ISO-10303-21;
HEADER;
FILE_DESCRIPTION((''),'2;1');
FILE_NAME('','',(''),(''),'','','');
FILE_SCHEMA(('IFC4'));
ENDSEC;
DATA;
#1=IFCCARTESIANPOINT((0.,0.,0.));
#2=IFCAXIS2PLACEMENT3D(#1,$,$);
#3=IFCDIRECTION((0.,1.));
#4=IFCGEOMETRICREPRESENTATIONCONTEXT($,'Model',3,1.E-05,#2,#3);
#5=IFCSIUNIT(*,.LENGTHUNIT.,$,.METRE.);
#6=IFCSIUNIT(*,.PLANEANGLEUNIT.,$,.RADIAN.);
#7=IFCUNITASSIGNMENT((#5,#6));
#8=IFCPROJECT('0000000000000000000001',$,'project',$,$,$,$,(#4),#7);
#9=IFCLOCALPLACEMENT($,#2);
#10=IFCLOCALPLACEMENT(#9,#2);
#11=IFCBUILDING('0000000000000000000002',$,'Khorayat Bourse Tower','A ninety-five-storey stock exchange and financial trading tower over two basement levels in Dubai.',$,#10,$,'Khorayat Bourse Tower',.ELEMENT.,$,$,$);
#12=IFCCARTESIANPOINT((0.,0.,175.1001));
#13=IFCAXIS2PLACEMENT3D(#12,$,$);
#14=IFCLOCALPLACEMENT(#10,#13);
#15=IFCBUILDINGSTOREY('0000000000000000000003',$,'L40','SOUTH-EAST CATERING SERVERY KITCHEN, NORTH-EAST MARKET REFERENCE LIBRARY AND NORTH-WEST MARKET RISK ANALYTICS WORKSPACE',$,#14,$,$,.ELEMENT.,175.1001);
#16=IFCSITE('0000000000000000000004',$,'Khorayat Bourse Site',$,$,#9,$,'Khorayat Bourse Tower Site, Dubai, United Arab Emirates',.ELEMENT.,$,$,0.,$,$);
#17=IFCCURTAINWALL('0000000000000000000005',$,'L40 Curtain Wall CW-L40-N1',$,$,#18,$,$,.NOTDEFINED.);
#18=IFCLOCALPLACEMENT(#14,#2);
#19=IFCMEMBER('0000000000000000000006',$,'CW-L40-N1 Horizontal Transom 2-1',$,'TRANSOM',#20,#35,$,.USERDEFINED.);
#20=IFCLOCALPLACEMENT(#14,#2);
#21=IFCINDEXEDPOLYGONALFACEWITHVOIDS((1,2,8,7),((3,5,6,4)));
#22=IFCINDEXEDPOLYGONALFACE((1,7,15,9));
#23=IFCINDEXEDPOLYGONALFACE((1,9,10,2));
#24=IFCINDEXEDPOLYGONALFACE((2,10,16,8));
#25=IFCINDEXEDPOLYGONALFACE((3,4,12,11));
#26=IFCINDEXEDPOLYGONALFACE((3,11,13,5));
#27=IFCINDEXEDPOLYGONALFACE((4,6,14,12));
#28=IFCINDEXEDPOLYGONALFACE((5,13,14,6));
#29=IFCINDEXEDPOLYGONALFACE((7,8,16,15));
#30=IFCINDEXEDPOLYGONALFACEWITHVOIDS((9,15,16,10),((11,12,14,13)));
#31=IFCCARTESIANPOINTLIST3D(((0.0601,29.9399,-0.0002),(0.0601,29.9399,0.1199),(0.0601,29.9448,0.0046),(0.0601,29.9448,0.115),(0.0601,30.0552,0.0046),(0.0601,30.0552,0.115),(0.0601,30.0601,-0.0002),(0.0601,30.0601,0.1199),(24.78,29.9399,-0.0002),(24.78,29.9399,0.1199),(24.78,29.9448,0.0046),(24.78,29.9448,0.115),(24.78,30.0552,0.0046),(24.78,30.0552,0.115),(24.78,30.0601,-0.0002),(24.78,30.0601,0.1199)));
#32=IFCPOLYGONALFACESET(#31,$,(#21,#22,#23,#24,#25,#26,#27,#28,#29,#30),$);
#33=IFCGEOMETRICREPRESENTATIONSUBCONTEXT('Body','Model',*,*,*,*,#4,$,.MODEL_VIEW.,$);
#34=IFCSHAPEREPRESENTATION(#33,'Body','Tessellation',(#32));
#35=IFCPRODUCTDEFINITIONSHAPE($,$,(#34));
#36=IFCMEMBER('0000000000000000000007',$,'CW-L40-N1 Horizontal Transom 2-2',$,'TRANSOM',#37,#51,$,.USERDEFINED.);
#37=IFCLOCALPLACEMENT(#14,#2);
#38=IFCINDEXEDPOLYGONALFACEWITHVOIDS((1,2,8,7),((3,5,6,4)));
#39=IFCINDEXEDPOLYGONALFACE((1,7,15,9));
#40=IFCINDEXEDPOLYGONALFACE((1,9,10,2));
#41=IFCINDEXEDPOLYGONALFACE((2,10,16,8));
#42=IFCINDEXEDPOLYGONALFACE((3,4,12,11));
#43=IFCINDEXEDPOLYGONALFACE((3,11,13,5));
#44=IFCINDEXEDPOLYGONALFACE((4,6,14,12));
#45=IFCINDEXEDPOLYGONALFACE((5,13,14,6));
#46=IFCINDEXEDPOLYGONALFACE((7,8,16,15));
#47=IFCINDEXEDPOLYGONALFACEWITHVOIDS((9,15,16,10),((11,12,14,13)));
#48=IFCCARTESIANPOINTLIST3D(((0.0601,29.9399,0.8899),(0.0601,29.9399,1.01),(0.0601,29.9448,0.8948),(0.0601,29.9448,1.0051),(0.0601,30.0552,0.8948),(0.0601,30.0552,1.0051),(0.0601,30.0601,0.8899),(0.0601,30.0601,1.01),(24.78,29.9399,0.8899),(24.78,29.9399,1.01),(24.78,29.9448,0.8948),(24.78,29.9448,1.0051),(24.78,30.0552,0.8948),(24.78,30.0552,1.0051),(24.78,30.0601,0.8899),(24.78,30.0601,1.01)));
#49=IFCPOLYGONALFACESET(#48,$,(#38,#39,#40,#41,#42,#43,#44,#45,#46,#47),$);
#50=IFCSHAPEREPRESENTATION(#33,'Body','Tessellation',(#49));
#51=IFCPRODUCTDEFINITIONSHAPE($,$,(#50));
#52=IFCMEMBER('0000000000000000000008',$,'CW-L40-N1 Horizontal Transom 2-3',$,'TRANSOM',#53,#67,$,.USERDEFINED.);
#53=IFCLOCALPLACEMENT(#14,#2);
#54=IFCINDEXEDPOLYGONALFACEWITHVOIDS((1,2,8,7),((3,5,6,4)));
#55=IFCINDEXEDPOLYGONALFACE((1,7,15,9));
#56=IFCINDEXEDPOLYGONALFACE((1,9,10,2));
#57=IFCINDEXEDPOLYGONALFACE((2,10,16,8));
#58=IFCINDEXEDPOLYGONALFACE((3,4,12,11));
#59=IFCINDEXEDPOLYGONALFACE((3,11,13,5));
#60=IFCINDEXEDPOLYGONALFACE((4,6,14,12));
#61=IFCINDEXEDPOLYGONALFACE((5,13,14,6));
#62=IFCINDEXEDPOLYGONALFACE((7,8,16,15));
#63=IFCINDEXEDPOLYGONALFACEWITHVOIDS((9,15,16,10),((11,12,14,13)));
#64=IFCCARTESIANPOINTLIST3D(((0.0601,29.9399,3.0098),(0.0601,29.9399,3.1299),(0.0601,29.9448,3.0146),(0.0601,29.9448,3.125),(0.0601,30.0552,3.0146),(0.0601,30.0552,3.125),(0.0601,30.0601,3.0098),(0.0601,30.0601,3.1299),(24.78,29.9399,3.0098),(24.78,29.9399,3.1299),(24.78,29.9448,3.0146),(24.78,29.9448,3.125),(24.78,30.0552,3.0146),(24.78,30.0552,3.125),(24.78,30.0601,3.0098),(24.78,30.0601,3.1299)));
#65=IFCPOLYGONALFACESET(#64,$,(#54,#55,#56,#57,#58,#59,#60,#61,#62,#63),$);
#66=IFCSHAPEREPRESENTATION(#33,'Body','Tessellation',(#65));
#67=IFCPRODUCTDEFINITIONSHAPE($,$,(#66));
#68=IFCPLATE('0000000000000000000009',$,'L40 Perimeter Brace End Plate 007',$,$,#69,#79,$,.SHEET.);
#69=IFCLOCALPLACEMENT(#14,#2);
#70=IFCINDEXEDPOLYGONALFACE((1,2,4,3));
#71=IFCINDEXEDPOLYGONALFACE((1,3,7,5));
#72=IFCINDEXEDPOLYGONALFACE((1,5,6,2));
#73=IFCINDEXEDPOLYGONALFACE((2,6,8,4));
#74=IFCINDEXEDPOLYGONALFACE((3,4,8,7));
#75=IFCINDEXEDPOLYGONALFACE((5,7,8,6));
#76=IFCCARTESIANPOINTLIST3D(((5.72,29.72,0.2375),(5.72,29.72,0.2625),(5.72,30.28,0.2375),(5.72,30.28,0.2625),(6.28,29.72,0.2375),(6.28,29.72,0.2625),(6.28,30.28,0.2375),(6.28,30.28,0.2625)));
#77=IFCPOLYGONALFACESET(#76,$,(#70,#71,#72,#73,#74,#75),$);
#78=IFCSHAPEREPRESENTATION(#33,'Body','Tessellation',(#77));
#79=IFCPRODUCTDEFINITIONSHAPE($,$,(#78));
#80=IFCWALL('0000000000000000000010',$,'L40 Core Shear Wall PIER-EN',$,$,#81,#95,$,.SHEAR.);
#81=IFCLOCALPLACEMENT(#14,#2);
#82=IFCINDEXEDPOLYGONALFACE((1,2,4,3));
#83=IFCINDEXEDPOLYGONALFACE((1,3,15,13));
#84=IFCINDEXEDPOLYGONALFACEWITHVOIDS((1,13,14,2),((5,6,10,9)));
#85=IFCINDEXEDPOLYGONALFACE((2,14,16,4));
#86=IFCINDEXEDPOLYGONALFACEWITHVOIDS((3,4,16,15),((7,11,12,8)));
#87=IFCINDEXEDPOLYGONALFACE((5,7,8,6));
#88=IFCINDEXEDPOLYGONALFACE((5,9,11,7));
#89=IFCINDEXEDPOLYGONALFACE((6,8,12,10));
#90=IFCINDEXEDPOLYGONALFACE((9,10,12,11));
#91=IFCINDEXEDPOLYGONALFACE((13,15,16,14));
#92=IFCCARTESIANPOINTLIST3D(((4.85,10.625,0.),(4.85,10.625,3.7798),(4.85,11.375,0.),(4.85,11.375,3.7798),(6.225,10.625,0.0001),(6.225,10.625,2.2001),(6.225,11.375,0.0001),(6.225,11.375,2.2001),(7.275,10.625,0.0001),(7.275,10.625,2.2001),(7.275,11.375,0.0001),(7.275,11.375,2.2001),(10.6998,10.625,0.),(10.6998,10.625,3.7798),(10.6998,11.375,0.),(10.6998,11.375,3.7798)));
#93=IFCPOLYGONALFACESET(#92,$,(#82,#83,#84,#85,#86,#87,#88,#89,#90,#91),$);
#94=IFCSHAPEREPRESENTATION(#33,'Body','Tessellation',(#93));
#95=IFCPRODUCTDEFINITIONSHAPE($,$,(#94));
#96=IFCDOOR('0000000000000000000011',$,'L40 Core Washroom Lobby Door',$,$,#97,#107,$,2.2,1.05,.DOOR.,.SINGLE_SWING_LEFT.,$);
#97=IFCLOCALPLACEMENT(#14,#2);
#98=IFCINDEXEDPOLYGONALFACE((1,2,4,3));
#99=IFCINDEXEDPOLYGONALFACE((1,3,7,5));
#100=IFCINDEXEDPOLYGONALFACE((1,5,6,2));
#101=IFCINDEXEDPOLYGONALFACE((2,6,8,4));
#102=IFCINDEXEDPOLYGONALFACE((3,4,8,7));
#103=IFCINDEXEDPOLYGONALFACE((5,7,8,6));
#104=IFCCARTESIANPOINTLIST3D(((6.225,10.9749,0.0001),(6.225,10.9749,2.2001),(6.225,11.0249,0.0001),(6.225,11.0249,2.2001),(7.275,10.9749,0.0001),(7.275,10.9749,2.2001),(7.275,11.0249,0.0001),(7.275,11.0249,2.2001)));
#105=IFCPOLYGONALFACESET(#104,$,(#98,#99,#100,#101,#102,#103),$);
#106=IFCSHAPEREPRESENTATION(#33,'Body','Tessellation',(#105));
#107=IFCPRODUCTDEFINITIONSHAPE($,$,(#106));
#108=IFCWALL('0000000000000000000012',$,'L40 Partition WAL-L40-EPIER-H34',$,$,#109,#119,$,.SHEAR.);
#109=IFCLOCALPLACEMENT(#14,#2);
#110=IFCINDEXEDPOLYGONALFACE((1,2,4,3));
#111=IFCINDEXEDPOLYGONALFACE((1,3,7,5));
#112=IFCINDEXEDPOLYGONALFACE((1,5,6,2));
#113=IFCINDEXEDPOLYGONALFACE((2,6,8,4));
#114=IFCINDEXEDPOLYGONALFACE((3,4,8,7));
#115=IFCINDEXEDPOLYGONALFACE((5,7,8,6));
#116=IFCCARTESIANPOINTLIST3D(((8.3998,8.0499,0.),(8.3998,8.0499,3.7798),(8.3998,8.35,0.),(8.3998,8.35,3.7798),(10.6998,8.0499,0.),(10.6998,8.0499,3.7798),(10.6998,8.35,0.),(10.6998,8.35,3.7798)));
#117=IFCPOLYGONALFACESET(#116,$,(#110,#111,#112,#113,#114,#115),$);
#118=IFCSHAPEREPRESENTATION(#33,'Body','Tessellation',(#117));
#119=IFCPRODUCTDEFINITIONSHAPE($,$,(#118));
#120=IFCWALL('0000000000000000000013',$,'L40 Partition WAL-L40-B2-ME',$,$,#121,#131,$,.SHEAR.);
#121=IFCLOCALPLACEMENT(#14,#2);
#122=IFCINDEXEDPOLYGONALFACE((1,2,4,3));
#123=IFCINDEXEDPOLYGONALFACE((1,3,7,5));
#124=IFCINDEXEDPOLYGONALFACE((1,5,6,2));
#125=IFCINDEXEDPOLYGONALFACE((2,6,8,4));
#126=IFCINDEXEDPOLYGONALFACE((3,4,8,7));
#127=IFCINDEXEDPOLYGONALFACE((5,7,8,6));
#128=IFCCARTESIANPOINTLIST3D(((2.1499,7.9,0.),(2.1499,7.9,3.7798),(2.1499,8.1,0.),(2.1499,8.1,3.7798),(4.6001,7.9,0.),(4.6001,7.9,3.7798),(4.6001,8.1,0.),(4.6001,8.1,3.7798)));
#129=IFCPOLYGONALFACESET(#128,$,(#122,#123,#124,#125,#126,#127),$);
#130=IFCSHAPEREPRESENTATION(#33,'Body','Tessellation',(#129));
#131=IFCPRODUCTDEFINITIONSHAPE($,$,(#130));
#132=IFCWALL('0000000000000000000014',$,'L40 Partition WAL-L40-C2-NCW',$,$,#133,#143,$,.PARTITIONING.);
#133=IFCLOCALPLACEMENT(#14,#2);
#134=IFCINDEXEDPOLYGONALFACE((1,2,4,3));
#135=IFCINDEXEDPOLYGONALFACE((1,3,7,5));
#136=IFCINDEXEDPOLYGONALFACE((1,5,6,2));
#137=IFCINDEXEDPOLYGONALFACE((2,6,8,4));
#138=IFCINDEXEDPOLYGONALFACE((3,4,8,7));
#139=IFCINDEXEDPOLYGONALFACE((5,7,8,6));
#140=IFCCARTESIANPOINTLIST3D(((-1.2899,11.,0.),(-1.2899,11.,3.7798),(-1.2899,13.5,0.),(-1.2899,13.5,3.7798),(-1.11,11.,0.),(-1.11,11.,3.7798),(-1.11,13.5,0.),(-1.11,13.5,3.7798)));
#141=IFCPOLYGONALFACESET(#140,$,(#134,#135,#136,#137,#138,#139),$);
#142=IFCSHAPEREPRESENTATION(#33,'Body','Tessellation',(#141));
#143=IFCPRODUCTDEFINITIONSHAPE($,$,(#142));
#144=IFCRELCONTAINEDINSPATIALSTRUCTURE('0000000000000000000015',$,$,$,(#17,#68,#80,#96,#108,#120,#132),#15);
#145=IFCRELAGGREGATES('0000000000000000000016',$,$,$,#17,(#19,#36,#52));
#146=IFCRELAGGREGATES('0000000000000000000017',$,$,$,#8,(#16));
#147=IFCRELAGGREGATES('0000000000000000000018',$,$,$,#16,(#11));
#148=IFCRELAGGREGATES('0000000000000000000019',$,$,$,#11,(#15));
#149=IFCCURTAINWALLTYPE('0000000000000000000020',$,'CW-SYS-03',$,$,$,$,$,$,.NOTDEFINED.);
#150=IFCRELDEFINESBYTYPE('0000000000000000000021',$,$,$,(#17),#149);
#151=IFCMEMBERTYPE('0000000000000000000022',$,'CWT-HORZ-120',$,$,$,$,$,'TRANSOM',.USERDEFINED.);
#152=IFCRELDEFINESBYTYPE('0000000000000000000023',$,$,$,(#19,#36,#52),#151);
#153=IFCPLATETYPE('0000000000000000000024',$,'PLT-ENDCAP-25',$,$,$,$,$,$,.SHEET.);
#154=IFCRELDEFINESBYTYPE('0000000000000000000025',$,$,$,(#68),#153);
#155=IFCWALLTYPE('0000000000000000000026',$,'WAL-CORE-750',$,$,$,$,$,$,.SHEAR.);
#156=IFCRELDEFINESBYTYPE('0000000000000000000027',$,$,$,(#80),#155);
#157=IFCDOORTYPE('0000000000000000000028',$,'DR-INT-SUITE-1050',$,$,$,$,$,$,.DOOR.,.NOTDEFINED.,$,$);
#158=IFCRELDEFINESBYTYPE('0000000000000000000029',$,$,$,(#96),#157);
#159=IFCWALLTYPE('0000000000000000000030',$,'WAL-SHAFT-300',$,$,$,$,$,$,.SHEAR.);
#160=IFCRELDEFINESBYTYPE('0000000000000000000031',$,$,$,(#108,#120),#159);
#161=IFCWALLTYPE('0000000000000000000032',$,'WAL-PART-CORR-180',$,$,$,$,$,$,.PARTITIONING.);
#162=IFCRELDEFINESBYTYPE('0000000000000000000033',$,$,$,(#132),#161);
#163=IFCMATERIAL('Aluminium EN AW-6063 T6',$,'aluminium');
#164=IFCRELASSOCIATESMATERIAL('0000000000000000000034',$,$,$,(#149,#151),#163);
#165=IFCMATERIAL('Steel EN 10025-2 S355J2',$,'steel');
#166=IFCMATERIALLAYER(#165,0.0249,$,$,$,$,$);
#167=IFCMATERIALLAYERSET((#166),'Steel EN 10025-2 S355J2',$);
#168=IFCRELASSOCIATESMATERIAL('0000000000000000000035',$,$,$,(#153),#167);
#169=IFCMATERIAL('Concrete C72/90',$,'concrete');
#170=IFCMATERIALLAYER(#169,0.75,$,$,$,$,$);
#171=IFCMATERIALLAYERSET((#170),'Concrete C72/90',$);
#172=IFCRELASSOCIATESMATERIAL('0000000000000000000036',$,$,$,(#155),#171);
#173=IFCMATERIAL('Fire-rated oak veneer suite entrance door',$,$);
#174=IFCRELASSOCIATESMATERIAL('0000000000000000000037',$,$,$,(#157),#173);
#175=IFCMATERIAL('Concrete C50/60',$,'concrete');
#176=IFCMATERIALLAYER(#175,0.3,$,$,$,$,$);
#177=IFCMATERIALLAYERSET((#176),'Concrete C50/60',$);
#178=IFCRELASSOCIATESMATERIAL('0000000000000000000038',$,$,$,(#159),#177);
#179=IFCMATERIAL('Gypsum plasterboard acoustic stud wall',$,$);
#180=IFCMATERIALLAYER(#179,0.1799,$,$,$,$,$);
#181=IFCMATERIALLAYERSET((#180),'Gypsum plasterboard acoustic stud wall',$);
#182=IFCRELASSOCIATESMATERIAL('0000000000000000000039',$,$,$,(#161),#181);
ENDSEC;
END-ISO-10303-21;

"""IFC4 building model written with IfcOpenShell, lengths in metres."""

from ifc_helpers import new_model, si_unit, direction, frame, frame_2d, origin, origin_2d, place, context, subcontext, project, spatial, rectangle, hollow_rectangle, extrude, source, transform, mapped, material, layer, layer_set, material_profile, profile_set, type_object, element, fill, aggregate, save


model = new_model("IFC4")

# Units and contexts
model_context = context("Model", 3, precision=1e-05, world=origin(), true_north=direction((0.0, 1.0)))
body_context = subcontext(model_context, "Body", "Model", "MODEL_VIEW")
ifc_project = project(units=[si_unit("LENGTHUNIT", "METRE"), si_unit("PLANEANGLEUNIT", "RADIAN")], contexts=[model_context])

# Site, building, storey
site_placement = place(None, origin())
site = spatial("IfcSite", under=ifc_project, at=site_placement, Name="Khorayat Bourse Site", LongName="Khorayat Bourse Tower Site, Dubai, United Arab Emirates", CompositionType="ELEMENT", RefElevation=0.0)
building_placement = place(site_placement, origin())
building = spatial("IfcBuilding", under=site, at=building_placement, Name="Khorayat Bourse Tower", Description="A ninety-five-storey stock exchange and financial trading tower over two basement levels in Dubai.", LongName="Khorayat Bourse Tower", CompositionType="ELEMENT")
storey_placement = place(building_placement, frame((0.0, 0.0, 175.1001)))
storey = spatial("IfcBuildingStorey", under=building, at=storey_placement, Name="L40", Description="SOUTH-EAST CATERING SERVERY KITCHEN, NORTH-EAST MARKET REFERENCE LIBRARY AND NORTH-WEST MARKET RISK ANALYTICS WORKSPACE", CompositionType="ELEMENT", Elevation=175.1001)

# Shared definitions
ifc_material_1 = material(Name="Concrete C72/90", Category="concrete")

# Curtain wall, members
ifc_material_2 = material(Name="Aluminium EN AW-6063 T6", Category="aluminium")
curtain_wall_type = type_object("IfcCurtainWallType", Name="CW-SYS-03", PredefinedType="NOTDEFINED", material=ifc_material_2)
curtain_wall_placement = place(storey_placement, origin())
curtain_wall = element("IfcCurtainWall", 1, at=curtain_wall_placement, inside=storey, type_object=curtain_wall_type, Name="L40 Curtain Wall CW-L40-N1", PredefinedType="NOTDEFINED")
ifc_material_profile_1 = material_profile(ifc_material_2, hollow_rectangle(XDim=0.1201, YDim=0.1201, WallThickness=0.0049, at=origin_2d()), Name="ALU 120x120x5")
ifc_profile_set_1 = profile_set([ifc_material_profile_1], Name="Aluminium EN AW-6063 T6")
member_type_1 = type_object("IfcMemberType", Name="CWT-HORZ-120", ElementType="TRANSOM", PredefinedType="USERDEFINED", material=ifc_profile_set_1)
shared_shape_1 = source(origin(), body_context, "Body", "SweptSolid", [
    extrude(hollow_rectangle(XDim=0.1201, YDim=0.1201, WallThickness=0.0049, at=origin_2d()), origin(), (0.0, 0.0, 1.0), 24.72),
])
member_1_placement = place(storey_placement, frame((0.0601, 30.0, 0.0598), z_axis=(1.0, 0.0, 0.0), x_axis=(0.0, 1.0, 0.0)))
member_1 = element("IfcMember", 2, at=member_1_placement, type_object=member_type_1, Name="CW-L40-N1 Horizontal Transom 2-1", ObjectType="TRANSOM", PredefinedType="USERDEFINED", context=body_context, shape_type="MappedRepresentation", body=[
    mapped(shared_shape_1, transform((0.0, 0.0, 0.0), scale=1.0)),
])
member_2_placement = place(storey_placement, frame((0.0601, 30.0, 0.95), z_axis=(1.0, 0.0, 0.0), x_axis=(0.0, 1.0, 0.0)))
member_2 = element("IfcMember", 3, at=member_2_placement, type_object=member_type_1, Name="CW-L40-N1 Horizontal Transom 2-2", ObjectType="TRANSOM", PredefinedType="USERDEFINED", context=body_context, shape_type="MappedRepresentation", body=[
    mapped(shared_shape_1, transform((0.0, 0.0, 0.0), scale=1.0)),
])
member_3_placement = place(storey_placement, frame((0.0601, 30.0, 3.0698), z_axis=(1.0, 0.0, 0.0), x_axis=(0.0, 1.0, 0.0)))
member_3 = element("IfcMember", 4, at=member_3_placement, type_object=member_type_1, Name="CW-L40-N1 Horizontal Transom 2-3", ObjectType="TRANSOM", PredefinedType="USERDEFINED", context=body_context, shape_type="MappedRepresentation", body=[
    mapped(shared_shape_1, transform((0.0, 0.0, 0.0), scale=1.0)),
])
aggregate(curtain_wall, [member_1, member_2, member_3])

# Plate
ifc_material_3 = material(Name="Steel EN 10025-2 S355J2", Category="steel")
ifc_layer_1 = layer(ifc_material_3, 0.0249)
ifc_layer_set_1 = layer_set([ifc_layer_1], Name="Steel EN 10025-2 S355J2")
plate_type = type_object("IfcPlateType", Name="PLT-ENDCAP-25", PredefinedType="SHEET", material=ifc_layer_set_1)
shared_shape_2 = source(origin(), body_context, "Body", "SweptSolid", [
    extrude(rectangle(XDim=0.5601, YDim=0.5601, at=origin_2d()), origin(), (0.0, 0.0, 1.0), 0.0249),
])
plate_placement = place(storey_placement, frame((6.0, 30.0, 0.2375), z_axis=(0.0, 0.0, 1.0), x_axis=(1.0, 0.0, 0.0)))
element("IfcPlate", 5, at=plate_placement, inside=storey, type_object=plate_type, Name="L40 Perimeter Brace End Plate 007", PredefinedType="SHEET", context=body_context, shape_type="MappedRepresentation", body=[
    mapped(shared_shape_2, transform((0.0, 0.0, 0.0), scale=1.0)),
])

# Wall, opening, door
ifc_layer_2 = layer(ifc_material_1, 0.75)
ifc_layer_set_2 = layer_set([ifc_layer_2], Name="Concrete C72/90")
wall_type_1 = type_object("IfcWallType", Name="WAL-CORE-750", PredefinedType="SHEAR", material=ifc_layer_set_2)
shared_shape_3 = source(origin(), body_context, "Body", "SweptSolid", [
    extrude(rectangle(XDim=5.8499, YDim=0.75, at=frame_2d((2.9248, 0.0))), origin(), (0.0, 0.0, 1.0), 3.7798),
])
wall_1_placement = place(storey_placement, frame((4.8501, 11.0, 0.0), z_axis=(0.0, 0.0, 1.0), x_axis=(1.0, 0.0, 0.0)))
wall_1 = element("IfcWall", 6, at=wall_1_placement, inside=storey, type_object=wall_type_1, Name="L40 Core Shear Wall PIER-EN", PredefinedType="SHEAR", context=body_context, shape_type="MappedRepresentation", body=[
    mapped(shared_shape_3, transform((0.0, 0.0, 0.0), scale=1.0)),
])
shared_shape_4 = source(origin(), body_context, "Body", "SweptSolid", [
    extrude(rectangle(XDim=1.05, YDim=2.2, at=frame_2d((0.5249, 1.1001))), frame((0.0, 0.385, 0.0), z_axis=(0.0, -1.0, 0.0), x_axis=(1.0, 0.0, 0.0)), (0.0, 0.0, 1.0), 0.77),
])
opening_1_placement = place(wall_1_placement, frame((1.375, 0.0, 0.0)))
opening_1 = element("IfcOpeningElement", 7, at=opening_1_placement, cuts=wall_1, PredefinedType="OPENING", context=body_context, shape_type="MappedRepresentation", body=[
    mapped(shared_shape_4, transform((0.0, 0.0, 0.0), scale=1.0)),
])
ifc_material_4 = material(Name="Fire-rated oak veneer suite entrance door")
door_type_1 = type_object("IfcDoorType", Name="DR-INT-SUITE-1050", OperationType="NOTDEFINED", PredefinedType="DOOR", material=ifc_material_4)
shared_shape_5 = source(origin(), body_context, "Body", "SweptSolid", [
    extrude(rectangle(XDim=1.05, YDim=2.2, at=frame_2d((0.5249, 1.1001))), frame((0.0, 0.0249, 0.0), z_axis=(0.0, -1.0, 0.0), x_axis=(1.0, 0.0, 0.0)), (0.0, 0.0, 1.0), 0.05),
])
door_1_placement = place(opening_1_placement, origin())
door_1 = element("IfcDoor", 8, at=door_1_placement, inside=storey, type_object=door_type_1, Name="L40 Core Washroom Lobby Door", OperationType="SINGLE_SWING_LEFT", OverallHeight=2.2, OverallWidth=1.05, PredefinedType="DOOR", context=body_context, shape_type="MappedRepresentation", body=[
    mapped(shared_shape_5, transform((0.0, 0.0, 0.0), scale=1.0)),
])
fill(opening_1, door_1)

# Wall
ifc_material_5 = material(Name="Concrete C50/60", Category="concrete")
ifc_layer_3 = layer(ifc_material_5, 0.3)
ifc_layer_set_3 = layer_set([ifc_layer_3], Name="Concrete C50/60")
wall_type_2 = type_object("IfcWallType", Name="WAL-SHAFT-300", PredefinedType="SHEAR", material=ifc_layer_set_3)
shared_shape_6 = source(origin(), body_context, "Body", "SweptSolid", [
    extrude(rectangle(XDim=2.3, YDim=0.3, at=frame_2d((1.1499, 0.0))), origin(), (0.0, 0.0, 1.0), 3.7798),
])
wall_2_placement = place(storey_placement, frame((8.3999, 8.2, 0.0), z_axis=(0.0, 0.0, 1.0), x_axis=(1.0, 0.0, 0.0)))
element("IfcWall", 9, at=wall_2_placement, inside=storey, type_object=wall_type_2, Name="L40 Partition WAL-L40-EPIER-H34", PredefinedType="SHEAR", context=body_context, shape_type="MappedRepresentation", body=[
    mapped(shared_shape_6, transform((0.0, 0.0, 0.0), scale=1.0)),
])

# Walls
shared_shape_7 = source(origin(), body_context, "Body", "SweptSolid", [
    extrude(rectangle(XDim=2.4502, YDim=0.2, at=frame_2d((1.2251, 0.0))), origin(), (0.0, 0.0, 1.0), 3.7798),
])
wall_3_placement = place(storey_placement, frame((2.1499, 8.0, 0.0), z_axis=(0.0, 0.0, 1.0), x_axis=(1.0, 0.0, 0.0)))
element("IfcWall", 10, at=wall_3_placement, inside=storey, type_object=wall_type_2, Name="L40 Partition WAL-L40-B2-ME", PredefinedType="SHEAR", context=body_context, shape_type="MappedRepresentation", body=[
    mapped(shared_shape_7, transform((0.0, 0.0, 0.0), scale=1.0)),
])
ifc_material_6 = material(Name="Gypsum plasterboard acoustic stud wall")
ifc_layer_4 = layer(ifc_material_6, 0.1799)
ifc_layer_set_4 = layer_set([ifc_layer_4], Name="Gypsum plasterboard acoustic stud wall")
wall_type_3 = type_object("IfcWallType", Name="WAL-PART-CORR-180", PredefinedType="PARTITIONING", material=ifc_layer_set_4)
shared_shape_8 = source(origin(), body_context, "Body", "SweptSolid", [
    extrude(rectangle(XDim=2.5, YDim=0.1799, at=frame_2d((1.25, 0.0))), origin(), (0.0, 0.0, 1.0), 3.7798),
])
wall_4_placement = place(storey_placement, frame((-1.2, 11.0, 0.0), z_axis=(0.0, 0.0, 1.0), x_axis=(0.0, 1.0, 0.0)))
element("IfcWall", 11, at=wall_4_placement, inside=storey, type_object=wall_type_3, Name="L40 Partition WAL-L40-C2-NCW", PredefinedType="PARTITIONING", context=body_context, shape_type="MappedRepresentation", body=[
    mapped(shared_shape_8, transform((0.0, 0.0, 0.0), scale=1.0)),
])

save(model, "model.ifc")
